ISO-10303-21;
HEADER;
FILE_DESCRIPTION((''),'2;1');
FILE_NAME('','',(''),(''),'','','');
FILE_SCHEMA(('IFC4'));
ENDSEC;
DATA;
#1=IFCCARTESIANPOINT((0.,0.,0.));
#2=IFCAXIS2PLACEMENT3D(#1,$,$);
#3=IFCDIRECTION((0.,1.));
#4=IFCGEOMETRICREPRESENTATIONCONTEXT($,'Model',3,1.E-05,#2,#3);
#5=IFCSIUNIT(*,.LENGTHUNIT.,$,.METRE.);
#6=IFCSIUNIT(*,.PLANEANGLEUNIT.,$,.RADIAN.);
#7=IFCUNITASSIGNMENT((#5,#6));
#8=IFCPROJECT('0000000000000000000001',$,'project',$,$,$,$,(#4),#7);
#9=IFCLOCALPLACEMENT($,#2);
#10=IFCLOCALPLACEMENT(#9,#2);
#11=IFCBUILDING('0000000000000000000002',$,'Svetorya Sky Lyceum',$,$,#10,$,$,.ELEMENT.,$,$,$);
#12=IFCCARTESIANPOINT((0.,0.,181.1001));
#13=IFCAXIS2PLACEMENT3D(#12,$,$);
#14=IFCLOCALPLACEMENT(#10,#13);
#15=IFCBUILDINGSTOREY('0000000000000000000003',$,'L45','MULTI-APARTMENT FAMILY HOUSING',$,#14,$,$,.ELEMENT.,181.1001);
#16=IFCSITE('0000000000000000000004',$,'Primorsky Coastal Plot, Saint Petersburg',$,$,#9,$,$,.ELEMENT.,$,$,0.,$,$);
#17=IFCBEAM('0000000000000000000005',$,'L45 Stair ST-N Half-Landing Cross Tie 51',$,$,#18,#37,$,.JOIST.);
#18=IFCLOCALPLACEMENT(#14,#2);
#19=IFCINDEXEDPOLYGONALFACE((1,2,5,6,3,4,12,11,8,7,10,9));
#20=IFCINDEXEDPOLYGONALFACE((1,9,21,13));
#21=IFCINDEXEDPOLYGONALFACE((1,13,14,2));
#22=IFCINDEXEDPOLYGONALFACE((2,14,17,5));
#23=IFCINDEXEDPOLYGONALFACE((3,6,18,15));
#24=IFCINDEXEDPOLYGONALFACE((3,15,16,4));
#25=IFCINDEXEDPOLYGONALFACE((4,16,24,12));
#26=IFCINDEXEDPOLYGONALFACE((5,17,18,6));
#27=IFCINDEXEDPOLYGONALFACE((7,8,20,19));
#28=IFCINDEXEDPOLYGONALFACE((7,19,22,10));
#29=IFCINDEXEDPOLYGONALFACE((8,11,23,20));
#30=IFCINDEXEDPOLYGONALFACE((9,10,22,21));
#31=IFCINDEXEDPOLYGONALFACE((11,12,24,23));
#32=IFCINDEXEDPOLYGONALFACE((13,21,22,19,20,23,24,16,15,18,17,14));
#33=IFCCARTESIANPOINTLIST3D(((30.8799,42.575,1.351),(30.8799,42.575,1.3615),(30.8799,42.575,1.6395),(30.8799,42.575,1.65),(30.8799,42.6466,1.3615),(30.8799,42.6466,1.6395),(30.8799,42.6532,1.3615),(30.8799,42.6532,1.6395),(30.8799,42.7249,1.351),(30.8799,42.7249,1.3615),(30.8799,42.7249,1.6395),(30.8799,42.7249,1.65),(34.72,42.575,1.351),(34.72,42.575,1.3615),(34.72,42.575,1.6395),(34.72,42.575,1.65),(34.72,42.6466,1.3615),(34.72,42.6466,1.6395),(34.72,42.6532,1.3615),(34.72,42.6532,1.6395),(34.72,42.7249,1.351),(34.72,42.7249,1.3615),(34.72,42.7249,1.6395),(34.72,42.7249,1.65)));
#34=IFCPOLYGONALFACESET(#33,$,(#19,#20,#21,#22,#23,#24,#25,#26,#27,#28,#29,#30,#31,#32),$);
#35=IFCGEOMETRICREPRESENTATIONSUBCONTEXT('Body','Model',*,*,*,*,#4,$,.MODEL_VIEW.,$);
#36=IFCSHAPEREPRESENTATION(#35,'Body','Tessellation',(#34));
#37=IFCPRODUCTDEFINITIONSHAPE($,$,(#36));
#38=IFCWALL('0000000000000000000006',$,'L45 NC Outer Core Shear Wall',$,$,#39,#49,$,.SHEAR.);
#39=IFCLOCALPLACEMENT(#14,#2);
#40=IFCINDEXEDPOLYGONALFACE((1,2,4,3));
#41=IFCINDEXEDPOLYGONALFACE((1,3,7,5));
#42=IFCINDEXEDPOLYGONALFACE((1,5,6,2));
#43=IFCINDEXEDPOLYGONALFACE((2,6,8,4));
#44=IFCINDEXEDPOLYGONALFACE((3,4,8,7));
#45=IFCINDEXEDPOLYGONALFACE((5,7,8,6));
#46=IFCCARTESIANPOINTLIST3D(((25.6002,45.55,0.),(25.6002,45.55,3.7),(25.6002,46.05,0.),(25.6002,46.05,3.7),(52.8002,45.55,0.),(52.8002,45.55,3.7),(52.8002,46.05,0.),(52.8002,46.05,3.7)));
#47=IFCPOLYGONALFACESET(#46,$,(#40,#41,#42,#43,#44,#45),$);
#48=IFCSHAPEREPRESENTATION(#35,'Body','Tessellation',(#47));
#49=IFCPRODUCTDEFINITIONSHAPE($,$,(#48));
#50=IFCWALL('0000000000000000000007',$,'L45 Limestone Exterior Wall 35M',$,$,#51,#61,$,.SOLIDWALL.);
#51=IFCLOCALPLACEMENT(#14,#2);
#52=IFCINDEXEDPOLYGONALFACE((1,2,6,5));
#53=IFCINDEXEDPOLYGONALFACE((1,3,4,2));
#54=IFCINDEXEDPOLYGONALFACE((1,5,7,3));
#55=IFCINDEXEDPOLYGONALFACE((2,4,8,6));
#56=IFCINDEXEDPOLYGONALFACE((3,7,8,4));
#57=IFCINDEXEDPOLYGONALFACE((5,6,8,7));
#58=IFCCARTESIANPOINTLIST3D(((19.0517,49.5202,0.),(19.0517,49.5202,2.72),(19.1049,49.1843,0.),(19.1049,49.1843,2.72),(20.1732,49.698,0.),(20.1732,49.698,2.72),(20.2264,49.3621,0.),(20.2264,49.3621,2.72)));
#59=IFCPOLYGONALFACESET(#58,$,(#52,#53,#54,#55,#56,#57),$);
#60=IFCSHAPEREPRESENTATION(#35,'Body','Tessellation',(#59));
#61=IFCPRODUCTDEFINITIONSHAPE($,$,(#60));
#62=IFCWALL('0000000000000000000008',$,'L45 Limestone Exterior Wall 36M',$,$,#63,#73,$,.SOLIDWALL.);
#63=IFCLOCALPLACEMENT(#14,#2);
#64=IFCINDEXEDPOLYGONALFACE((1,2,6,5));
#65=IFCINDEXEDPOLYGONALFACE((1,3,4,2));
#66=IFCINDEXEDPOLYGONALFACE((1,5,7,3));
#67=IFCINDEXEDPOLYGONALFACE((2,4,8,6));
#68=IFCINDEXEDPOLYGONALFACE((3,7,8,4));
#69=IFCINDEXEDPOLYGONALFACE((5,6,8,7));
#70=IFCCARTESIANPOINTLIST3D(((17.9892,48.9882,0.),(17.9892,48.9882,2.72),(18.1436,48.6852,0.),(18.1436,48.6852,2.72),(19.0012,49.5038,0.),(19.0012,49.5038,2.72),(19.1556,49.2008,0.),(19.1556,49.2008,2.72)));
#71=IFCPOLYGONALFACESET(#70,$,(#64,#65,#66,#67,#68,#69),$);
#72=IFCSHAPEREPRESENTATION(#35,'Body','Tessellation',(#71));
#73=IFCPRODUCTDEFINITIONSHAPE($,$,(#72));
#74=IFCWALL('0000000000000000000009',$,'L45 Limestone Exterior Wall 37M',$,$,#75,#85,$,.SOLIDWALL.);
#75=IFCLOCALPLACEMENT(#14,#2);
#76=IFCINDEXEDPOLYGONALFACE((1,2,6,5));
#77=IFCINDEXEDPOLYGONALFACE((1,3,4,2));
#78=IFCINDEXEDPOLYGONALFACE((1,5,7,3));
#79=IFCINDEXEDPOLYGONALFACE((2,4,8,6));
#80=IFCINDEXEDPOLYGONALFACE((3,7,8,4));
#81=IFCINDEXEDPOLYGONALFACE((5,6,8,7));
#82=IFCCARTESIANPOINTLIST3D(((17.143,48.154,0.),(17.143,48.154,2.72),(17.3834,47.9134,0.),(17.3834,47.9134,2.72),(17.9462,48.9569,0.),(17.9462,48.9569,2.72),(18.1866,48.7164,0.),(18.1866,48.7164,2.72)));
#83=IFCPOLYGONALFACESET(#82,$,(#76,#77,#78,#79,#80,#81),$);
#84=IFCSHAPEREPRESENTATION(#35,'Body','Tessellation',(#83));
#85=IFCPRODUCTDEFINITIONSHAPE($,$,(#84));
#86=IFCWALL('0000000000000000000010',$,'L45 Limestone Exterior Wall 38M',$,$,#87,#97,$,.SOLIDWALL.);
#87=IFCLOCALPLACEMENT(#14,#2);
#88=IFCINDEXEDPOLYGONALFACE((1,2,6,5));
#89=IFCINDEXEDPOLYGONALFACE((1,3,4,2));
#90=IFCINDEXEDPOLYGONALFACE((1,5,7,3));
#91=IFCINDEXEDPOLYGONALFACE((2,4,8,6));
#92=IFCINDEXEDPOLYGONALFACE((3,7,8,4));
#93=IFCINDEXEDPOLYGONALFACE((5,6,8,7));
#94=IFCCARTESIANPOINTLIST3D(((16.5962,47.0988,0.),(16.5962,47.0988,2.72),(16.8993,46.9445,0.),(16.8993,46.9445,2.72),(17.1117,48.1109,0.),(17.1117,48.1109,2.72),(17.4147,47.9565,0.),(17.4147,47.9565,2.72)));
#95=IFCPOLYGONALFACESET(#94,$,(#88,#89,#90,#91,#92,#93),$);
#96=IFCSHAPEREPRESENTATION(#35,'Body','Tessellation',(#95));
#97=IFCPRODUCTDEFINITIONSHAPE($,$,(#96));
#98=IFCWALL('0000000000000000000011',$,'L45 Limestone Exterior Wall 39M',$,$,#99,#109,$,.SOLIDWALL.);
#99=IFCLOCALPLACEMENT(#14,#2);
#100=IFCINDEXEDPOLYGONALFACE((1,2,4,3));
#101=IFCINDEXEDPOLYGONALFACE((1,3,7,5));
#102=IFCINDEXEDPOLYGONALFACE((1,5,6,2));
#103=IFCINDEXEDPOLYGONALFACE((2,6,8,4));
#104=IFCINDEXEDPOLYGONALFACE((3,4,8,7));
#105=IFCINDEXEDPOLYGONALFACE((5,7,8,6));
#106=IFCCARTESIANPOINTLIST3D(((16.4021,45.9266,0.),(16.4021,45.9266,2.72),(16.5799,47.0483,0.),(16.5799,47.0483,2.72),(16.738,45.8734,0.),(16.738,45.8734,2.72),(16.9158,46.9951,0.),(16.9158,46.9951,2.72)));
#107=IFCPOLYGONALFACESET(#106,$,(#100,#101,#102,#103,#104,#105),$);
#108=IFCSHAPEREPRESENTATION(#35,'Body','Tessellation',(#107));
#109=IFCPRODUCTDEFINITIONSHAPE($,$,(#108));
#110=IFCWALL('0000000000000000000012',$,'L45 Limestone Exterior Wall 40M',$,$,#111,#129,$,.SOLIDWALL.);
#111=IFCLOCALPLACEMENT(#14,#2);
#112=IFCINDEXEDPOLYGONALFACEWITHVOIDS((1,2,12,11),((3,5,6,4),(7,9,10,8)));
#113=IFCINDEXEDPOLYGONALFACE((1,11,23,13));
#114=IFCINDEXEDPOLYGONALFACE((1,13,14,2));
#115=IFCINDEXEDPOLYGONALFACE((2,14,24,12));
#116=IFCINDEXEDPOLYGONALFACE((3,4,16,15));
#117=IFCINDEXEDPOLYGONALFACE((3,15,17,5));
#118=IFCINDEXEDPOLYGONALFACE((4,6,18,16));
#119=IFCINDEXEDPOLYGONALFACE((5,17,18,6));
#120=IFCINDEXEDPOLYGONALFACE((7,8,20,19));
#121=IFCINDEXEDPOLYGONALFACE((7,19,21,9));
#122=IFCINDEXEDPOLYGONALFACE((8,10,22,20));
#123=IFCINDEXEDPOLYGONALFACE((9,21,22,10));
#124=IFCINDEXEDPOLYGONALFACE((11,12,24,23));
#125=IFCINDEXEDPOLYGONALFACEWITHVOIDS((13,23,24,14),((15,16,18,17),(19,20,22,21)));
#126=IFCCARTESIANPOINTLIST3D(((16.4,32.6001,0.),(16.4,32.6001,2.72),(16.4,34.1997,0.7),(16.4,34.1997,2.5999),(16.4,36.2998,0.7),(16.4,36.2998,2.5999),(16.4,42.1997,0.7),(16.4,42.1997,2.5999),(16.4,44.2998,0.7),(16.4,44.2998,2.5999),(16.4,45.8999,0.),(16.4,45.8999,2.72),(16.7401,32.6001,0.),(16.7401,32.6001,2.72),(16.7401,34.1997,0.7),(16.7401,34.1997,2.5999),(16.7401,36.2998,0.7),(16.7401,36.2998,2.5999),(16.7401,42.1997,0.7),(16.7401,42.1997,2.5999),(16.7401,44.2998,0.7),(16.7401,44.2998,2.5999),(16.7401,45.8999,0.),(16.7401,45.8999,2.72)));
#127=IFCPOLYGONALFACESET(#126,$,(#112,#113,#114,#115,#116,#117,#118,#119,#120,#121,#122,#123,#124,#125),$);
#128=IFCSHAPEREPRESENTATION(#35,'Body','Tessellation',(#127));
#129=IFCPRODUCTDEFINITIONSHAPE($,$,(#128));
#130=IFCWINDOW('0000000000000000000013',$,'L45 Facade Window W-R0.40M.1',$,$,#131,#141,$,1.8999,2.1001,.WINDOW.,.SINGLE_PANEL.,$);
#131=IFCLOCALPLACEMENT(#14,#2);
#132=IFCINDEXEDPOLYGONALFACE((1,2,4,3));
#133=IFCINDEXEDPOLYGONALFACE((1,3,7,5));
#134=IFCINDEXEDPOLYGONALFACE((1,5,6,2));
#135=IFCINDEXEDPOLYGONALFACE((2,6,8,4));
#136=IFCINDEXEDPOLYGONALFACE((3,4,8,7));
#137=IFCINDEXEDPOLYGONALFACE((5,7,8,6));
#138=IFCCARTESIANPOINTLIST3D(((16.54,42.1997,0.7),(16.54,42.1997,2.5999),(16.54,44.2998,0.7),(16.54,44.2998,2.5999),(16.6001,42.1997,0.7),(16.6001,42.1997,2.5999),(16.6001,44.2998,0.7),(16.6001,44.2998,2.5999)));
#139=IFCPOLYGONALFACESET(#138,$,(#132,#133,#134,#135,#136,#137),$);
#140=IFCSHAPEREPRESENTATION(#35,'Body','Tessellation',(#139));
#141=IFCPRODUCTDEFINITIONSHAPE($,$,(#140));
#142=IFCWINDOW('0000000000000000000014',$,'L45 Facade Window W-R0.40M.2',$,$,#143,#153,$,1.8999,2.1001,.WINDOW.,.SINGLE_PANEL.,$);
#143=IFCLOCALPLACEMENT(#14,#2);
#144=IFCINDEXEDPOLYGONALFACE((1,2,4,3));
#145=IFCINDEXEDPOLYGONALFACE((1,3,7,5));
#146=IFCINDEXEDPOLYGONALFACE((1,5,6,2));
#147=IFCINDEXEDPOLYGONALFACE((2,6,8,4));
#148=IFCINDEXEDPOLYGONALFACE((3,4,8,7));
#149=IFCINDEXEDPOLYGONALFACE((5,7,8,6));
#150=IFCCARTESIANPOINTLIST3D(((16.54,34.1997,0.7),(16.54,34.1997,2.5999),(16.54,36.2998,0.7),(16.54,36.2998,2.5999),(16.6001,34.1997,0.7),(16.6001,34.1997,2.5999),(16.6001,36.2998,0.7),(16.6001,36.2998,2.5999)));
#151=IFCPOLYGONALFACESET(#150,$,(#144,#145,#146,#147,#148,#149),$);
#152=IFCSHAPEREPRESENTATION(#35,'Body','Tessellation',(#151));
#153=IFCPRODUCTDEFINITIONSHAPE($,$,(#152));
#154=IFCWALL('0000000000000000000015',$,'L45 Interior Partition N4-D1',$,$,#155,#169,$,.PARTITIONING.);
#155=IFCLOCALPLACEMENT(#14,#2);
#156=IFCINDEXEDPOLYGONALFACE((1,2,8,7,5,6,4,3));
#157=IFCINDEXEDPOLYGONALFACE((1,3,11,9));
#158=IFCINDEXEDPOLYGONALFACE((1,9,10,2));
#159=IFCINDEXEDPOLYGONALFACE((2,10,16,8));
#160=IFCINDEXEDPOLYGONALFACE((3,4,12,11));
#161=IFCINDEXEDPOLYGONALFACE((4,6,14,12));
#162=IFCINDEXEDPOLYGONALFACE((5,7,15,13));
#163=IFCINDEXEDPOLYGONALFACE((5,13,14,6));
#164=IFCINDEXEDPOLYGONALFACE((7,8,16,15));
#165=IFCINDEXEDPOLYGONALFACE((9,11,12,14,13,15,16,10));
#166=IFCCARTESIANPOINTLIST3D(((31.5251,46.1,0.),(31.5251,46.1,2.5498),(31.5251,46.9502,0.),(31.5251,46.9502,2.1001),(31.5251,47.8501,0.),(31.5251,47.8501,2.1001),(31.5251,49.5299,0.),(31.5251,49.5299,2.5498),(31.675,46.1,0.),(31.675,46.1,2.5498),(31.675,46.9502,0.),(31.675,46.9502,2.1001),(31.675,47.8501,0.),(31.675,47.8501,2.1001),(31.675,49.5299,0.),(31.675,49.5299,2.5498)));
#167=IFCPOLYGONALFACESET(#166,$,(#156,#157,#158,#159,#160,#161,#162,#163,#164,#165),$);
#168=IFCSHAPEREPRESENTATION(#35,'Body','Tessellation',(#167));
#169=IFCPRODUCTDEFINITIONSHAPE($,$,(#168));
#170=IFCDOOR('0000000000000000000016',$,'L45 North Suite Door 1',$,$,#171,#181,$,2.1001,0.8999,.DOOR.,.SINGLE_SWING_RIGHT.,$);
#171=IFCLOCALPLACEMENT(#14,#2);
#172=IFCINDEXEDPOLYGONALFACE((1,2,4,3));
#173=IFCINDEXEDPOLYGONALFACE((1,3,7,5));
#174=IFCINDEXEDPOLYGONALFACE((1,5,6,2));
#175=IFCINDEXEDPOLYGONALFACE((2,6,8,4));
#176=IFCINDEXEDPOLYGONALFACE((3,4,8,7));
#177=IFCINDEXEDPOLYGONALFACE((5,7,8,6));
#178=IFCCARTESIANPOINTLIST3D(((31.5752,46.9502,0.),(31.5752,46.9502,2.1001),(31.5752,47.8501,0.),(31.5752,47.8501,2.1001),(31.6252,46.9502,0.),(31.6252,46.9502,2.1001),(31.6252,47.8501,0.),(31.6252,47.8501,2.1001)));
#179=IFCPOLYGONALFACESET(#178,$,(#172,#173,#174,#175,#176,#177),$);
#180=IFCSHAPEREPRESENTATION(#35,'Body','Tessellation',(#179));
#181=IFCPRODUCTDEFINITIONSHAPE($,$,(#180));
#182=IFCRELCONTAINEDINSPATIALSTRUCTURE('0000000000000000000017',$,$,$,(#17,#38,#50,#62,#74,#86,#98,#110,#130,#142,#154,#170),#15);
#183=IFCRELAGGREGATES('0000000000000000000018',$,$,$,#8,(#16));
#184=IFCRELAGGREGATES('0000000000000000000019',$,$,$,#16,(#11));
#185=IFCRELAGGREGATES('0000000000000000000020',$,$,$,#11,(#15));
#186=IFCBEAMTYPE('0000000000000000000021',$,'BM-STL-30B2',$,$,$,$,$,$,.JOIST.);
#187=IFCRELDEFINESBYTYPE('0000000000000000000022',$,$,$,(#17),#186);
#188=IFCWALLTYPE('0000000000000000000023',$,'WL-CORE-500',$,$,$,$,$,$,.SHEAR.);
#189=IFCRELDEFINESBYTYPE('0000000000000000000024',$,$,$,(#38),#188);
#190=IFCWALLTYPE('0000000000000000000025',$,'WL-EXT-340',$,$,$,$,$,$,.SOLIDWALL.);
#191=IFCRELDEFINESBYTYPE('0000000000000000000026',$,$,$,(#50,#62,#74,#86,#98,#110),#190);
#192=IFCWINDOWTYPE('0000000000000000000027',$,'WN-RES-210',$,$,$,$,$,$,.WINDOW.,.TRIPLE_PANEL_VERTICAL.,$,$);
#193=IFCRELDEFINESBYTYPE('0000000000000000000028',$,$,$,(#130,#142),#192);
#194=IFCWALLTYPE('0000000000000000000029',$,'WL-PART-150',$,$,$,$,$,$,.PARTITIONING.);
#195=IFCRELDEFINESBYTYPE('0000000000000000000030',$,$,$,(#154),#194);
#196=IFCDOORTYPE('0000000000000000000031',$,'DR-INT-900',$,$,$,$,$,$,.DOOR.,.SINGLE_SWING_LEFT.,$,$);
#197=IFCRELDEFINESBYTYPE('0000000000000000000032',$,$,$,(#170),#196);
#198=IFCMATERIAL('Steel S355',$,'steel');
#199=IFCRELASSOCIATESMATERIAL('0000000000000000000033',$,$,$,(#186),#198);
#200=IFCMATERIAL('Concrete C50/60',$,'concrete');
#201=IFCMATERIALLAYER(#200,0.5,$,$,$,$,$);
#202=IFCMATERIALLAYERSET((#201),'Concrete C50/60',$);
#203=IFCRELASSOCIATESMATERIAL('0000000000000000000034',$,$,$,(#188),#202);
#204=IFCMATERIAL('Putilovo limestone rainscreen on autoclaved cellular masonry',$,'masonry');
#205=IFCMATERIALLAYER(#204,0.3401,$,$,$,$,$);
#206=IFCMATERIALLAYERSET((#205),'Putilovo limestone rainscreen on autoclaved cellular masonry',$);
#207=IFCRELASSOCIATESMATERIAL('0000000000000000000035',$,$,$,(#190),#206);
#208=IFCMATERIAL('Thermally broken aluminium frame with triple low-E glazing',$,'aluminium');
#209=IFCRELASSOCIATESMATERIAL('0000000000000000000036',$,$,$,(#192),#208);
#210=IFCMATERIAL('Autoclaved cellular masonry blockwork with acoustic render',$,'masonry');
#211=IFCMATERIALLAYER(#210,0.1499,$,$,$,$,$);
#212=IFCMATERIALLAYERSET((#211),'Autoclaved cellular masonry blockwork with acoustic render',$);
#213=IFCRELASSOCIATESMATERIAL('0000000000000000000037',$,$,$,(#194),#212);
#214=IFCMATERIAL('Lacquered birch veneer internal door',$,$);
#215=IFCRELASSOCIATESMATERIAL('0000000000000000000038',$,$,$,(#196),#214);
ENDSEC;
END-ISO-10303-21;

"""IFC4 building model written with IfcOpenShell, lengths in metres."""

from ifc_helpers import new_model, si_unit, direction, frame, frame_2d, origin, origin_2d, place, context, subcontext, project, spatial, rectangle, i_section, extrude, material, layer, layer_set, material_profile, profile_set, type_object, element, fill, save


model = new_model("IFC4")

# Units and contexts
model_context = context("Model", 3, precision=1e-05, world=origin(), true_north=direction((0.0, 1.0)))
body_context = subcontext(model_context, "Body", "Model", "MODEL_VIEW")
ifc_project = project(units=[si_unit("LENGTHUNIT", "METRE"), si_unit("PLANEANGLEUNIT", "RADIAN")], contexts=[model_context])

# Site, building, storey
site_placement = place(None, origin())
site = spatial("IfcSite", under=ifc_project, at=site_placement, Name="Primorsky Coastal Plot, Saint Petersburg", CompositionType="ELEMENT", RefElevation=0.0)
building_placement = place(site_placement, origin())
building = spatial("IfcBuilding", under=site, at=building_placement, Name="Svetorya Sky Lyceum", CompositionType="ELEMENT")
storey_placement = place(building_placement, frame((0.0, 0.0, 181.1001)))
storey = spatial("IfcBuildingStorey", under=building, at=storey_placement, Name="L45", Description="MULTI-APARTMENT FAMILY HOUSING", CompositionType="ELEMENT", Elevation=181.1001)

# Shared definitions
ifc_material_1 = material(Name="Concrete C50/60", Category="concrete")

# Beam
ifc_material_2 = material(Name="Steel S355", Category="steel")
ifc_material_profile_1 = material_profile(ifc_material_2, i_section(OverallWidth=0.1499, OverallDepth=0.2991, WebThickness=0.0066, FlangeThickness=0.0105, at=origin_2d()), Name="GOST 30B2")
ifc_profile_set_1 = profile_set([ifc_material_profile_1], Name="Steel S355")
beam_type_1 = type_object("IfcBeamType", Name="BM-STL-30B2", PredefinedType="JOIST", material=ifc_profile_set_1)
beam_1_placement = place(storey_placement, frame((30.8799, 42.6499, 1.5005), z_axis=(1.0, 0.0, 0.0), x_axis=(0.0, 1.0, 0.0)))
element("IfcBeam", 1, at=beam_1_placement, inside=storey, type_object=beam_type_1, Name="L45 Stair ST-N Half-Landing Cross Tie 51", PredefinedType="JOIST", context=body_context, shape_type="SweptSolid", body=[
    extrude(i_section(OverallWidth=0.1499, OverallDepth=0.2991, WebThickness=0.0066, FlangeThickness=0.0105, at=origin_2d()), origin(), (0.0, 0.0, 1.0), 3.8401),
])

# Walls
ifc_layer_1 = layer(ifc_material_1, 0.5)
ifc_layer_set_1 = layer_set([ifc_layer_1], Name="Concrete C50/60")
wall_type_1 = type_object("IfcWallType", Name="WL-CORE-500", PredefinedType="SHEAR", material=ifc_layer_set_1)
wall_1_placement = place(storey_placement, frame((25.6001, 45.8, 0.0), z_axis=(0.0, 0.0, 1.0), x_axis=(1.0, 0.0, 0.0)))
element("IfcWall", 2, at=wall_1_placement, inside=storey, type_object=wall_type_1, Name="L45 NC Outer Core Shear Wall", PredefinedType="SHEAR", context=body_context, shape_type="SweptSolid", body=[
    extrude(rectangle(XDim=27.2, YDim=0.5, at=frame_2d((13.6001, 0.0))), origin(), (0.0, 0.0, 1.0), 3.7),
])
ifc_material_3 = material(Name="Putilovo limestone rainscreen on autoclaved cellular masonry", Category="masonry")
ifc_layer_2 = layer(ifc_material_3, 0.3401)
ifc_layer_set_2 = layer_set([ifc_layer_2], Name="Putilovo limestone rainscreen on autoclaved cellular masonry")
wall_type_2 = type_object("IfcWallType", Name="WL-EXT-340", PredefinedType="SOLIDWALL", material=ifc_layer_set_2)
wall_2_placement = place(storey_placement, frame((20.2, 49.53, 0.0), z_axis=(0.0, 0.0, 1.0), x_axis=(-0.987676, -0.156515, 0.0)))
element("IfcWall", 3, at=wall_2_placement, inside=storey, type_object=wall_type_2, Name="L45 Limestone Exterior Wall 35M", PredefinedType="SOLIDWALL", context=body_context, shape_type="SweptSolid", body=[
    extrude(rectangle(XDim=1.1355, YDim=0.3401, at=frame_2d((0.5679, 0.0))), origin(), (0.0, 0.0, 1.0), 2.72),
])
for number, where, z_axis, x_axis, name in (
    (4, (19.0784, 49.3523, 0.0), (0.0, 0.0, 1.0), (-0.891005, -0.453993, 0.0), "L45 Limestone Exterior Wall 36M"),
    (5, (18.0664, 48.8367, 0.0), (0.0, 0.0, 1.0), (-0.707214, -0.706999, 0.0), "L45 Limestone Exterior Wall 37M"),
    (6, (17.2632, 48.0337, 0.0), (0.0, 0.0, 1.0), (-0.453823, -0.891092, 0.0), "L45 Limestone Exterior Wall 38M"),
    (7, (16.7478, 47.0217, 0.0), (0.0, 0.0, 1.0), (-0.156481, -0.987681, 0.0), "L45 Limestone Exterior Wall 39M"),
):
    element("IfcWall", number, at=place(storey_placement, frame(where, z_axis=z_axis, x_axis=x_axis)), inside=storey, type_object=wall_type_2, Name=name, PredefinedType="SOLIDWALL", context=body_context, shape_type="SweptSolid", body=[
        extrude(rectangle(XDim=1.1357, YDim=0.3401, at=frame_2d((0.5679, 0.0))), origin(), (0.0, 0.0, 1.0), 2.72),
    ])

# Wall, openings, windows
wall_3_placement = place(storey_placement, frame((16.5701, 45.8999, 0.0), z_axis=(0.0, 0.0, 1.0), x_axis=(0.0, -1.0, 0.0)))
wall_3 = element("IfcWall", 8, at=wall_3_placement, inside=storey, type_object=wall_type_2, Name="L45 Limestone Exterior Wall 40M", PredefinedType="SOLIDWALL", context=body_context, shape_type="SweptSolid", body=[
    extrude(rectangle(XDim=13.2998, YDim=0.3401, at=frame_2d((6.6499, 0.0))), origin(), (0.0, 0.0, 1.0), 2.72),
])
opening_1_placement = place(wall_3_placement, frame((1.6001, 0.0, 0.7)))
opening_1 = element("IfcOpeningElement", 9, at=opening_1_placement, cuts=wall_3, PredefinedType="OPENING", context=body_context, shape_type="SweptSolid", body=[
    extrude(rectangle(XDim=2.1001, YDim=1.8999, at=frame_2d((1.05, 0.95))), frame((0.0, 0.1799, 0.0), z_axis=(0.0, -1.0, 0.0), x_axis=(1.0, 0.0, 0.0)), (0.0, 0.0, 1.0), 0.3601),
])
opening_2_placement = place(wall_3_placement, frame((9.6001, 0.0, 0.7)))
opening_2 = element("IfcOpeningElement", 10, at=opening_2_placement, cuts=wall_3, PredefinedType="OPENING", context=body_context, shape_type="SweptSolid", body=[
    extrude(rectangle(XDim=2.1001, YDim=1.8999, at=frame_2d((1.05, 0.95))), frame((0.0, 0.1799, 0.0), z_axis=(0.0, -1.0, 0.0), x_axis=(1.0, 0.0, 0.0)), (0.0, 0.0, 1.0), 0.3601),
])
ifc_material_4 = material(Name="Thermally broken aluminium frame with triple low-E glazing", Category="aluminium")
window_type = type_object("IfcWindowType", Name="WN-RES-210", PartitioningType="TRIPLE_PANEL_VERTICAL", PredefinedType="WINDOW", material=ifc_material_4)
window_1_placement = place(opening_1_placement, origin())
window_1 = element("IfcWindow", 11, at=window_1_placement, inside=storey, type_object=window_type, Name="L45 Facade Window W-R0.40M.1", OverallHeight=1.8999, OverallWidth=2.1001, PartitioningType="SINGLE_PANEL", PredefinedType="WINDOW", context=body_context, shape_type="SweptSolid", body=[
    extrude(rectangle(XDim=2.1001, YDim=1.8999, at=frame_2d((1.05, 0.95))), frame((0.0, 0.03, 0.0), z_axis=(0.0, -1.0, 0.0), x_axis=(1.0, 0.0, 0.0)), (0.0, 0.0, 1.0), 0.0601),
])
fill(opening_1, window_1)
window_2_placement = place(opening_2_placement, origin())
window_2 = element("IfcWindow", 12, at=window_2_placement, inside=storey, type_object=window_type, Name="L45 Facade Window W-R0.40M.2", OverallHeight=1.8999, OverallWidth=2.1001, PartitioningType="SINGLE_PANEL", PredefinedType="WINDOW", context=body_context, shape_type="SweptSolid", body=[
    extrude(rectangle(XDim=2.1001, YDim=1.8999, at=frame_2d((1.05, 0.95))), frame((0.0, 0.03, 0.0), z_axis=(0.0, -1.0, 0.0), x_axis=(1.0, 0.0, 0.0)), (0.0, 0.0, 1.0), 0.0601),
])
fill(opening_2, window_2)

# Wall, opening, door
ifc_material_5 = material(Name="Autoclaved cellular masonry blockwork with acoustic render", Category="masonry")
ifc_layer_3 = layer(ifc_material_5, 0.1499)
ifc_layer_set_3 = layer_set([ifc_layer_3], Name="Autoclaved cellular masonry blockwork with acoustic render")
wall_type_3 = type_object("IfcWallType", Name="WL-PART-150", PredefinedType="PARTITIONING", material=ifc_layer_set_3)
wall_4_placement = place(storey_placement, frame((31.6001, 46.1001, 0.0), z_axis=(0.0, 0.0, 1.0), x_axis=(0.0, 1.0, 0.0)))
wall_4 = element("IfcWall", 13, at=wall_4_placement, inside=storey, type_object=wall_type_3, Name="L45 Interior Partition N4-D1", PredefinedType="PARTITIONING", context=body_context, shape_type="SweptSolid", body=[
    extrude(rectangle(XDim=3.4299, YDim=0.1499, at=frame_2d((1.7148, 0.0))), origin(), (0.0, 0.0, 1.0), 2.5498),
])
opening_3_placement = place(wall_4_placement, frame((0.8501, 0.0, 0.0)))
opening_3 = element("IfcOpeningElement", 14, at=opening_3_placement, cuts=wall_4, PredefinedType="OPENING", context=body_context, shape_type="SweptSolid", body=[
    extrude(rectangle(XDim=0.8999, YDim=2.1001, at=frame_2d((0.45, 1.05))), frame((0.0, 0.085, 0.0), z_axis=(0.0, -1.0, 0.0), x_axis=(1.0, 0.0, 0.0)), (0.0, 0.0, 1.0), 0.1699),
])
ifc_material_6 = material(Name="Lacquered birch veneer internal door")
door_type = type_object("IfcDoorType", Name="DR-INT-900", OperationType="SINGLE_SWING_LEFT", PredefinedType="DOOR", material=ifc_material_6)
door_1_placement = place(opening_3_placement, origin())
door_1 = element("IfcDoor", 15, at=door_1_placement, inside=storey, type_object=door_type, Name="L45 North Suite Door 1", OperationType="SINGLE_SWING_RIGHT", OverallHeight=2.1001, OverallWidth=0.8999, PredefinedType="DOOR", context=body_context, shape_type="SweptSolid", body=[
    extrude(rectangle(XDim=0.8999, YDim=2.1001, at=frame_2d((0.45, 1.05))), frame((0.0, 0.0249, 0.0), z_axis=(0.0, -1.0, 0.0), x_axis=(1.0, 0.0, 0.0)), (0.0, 0.0, 1.0), 0.05),
])
fill(opening_3, door_1)

save(model, "model.ifc")
